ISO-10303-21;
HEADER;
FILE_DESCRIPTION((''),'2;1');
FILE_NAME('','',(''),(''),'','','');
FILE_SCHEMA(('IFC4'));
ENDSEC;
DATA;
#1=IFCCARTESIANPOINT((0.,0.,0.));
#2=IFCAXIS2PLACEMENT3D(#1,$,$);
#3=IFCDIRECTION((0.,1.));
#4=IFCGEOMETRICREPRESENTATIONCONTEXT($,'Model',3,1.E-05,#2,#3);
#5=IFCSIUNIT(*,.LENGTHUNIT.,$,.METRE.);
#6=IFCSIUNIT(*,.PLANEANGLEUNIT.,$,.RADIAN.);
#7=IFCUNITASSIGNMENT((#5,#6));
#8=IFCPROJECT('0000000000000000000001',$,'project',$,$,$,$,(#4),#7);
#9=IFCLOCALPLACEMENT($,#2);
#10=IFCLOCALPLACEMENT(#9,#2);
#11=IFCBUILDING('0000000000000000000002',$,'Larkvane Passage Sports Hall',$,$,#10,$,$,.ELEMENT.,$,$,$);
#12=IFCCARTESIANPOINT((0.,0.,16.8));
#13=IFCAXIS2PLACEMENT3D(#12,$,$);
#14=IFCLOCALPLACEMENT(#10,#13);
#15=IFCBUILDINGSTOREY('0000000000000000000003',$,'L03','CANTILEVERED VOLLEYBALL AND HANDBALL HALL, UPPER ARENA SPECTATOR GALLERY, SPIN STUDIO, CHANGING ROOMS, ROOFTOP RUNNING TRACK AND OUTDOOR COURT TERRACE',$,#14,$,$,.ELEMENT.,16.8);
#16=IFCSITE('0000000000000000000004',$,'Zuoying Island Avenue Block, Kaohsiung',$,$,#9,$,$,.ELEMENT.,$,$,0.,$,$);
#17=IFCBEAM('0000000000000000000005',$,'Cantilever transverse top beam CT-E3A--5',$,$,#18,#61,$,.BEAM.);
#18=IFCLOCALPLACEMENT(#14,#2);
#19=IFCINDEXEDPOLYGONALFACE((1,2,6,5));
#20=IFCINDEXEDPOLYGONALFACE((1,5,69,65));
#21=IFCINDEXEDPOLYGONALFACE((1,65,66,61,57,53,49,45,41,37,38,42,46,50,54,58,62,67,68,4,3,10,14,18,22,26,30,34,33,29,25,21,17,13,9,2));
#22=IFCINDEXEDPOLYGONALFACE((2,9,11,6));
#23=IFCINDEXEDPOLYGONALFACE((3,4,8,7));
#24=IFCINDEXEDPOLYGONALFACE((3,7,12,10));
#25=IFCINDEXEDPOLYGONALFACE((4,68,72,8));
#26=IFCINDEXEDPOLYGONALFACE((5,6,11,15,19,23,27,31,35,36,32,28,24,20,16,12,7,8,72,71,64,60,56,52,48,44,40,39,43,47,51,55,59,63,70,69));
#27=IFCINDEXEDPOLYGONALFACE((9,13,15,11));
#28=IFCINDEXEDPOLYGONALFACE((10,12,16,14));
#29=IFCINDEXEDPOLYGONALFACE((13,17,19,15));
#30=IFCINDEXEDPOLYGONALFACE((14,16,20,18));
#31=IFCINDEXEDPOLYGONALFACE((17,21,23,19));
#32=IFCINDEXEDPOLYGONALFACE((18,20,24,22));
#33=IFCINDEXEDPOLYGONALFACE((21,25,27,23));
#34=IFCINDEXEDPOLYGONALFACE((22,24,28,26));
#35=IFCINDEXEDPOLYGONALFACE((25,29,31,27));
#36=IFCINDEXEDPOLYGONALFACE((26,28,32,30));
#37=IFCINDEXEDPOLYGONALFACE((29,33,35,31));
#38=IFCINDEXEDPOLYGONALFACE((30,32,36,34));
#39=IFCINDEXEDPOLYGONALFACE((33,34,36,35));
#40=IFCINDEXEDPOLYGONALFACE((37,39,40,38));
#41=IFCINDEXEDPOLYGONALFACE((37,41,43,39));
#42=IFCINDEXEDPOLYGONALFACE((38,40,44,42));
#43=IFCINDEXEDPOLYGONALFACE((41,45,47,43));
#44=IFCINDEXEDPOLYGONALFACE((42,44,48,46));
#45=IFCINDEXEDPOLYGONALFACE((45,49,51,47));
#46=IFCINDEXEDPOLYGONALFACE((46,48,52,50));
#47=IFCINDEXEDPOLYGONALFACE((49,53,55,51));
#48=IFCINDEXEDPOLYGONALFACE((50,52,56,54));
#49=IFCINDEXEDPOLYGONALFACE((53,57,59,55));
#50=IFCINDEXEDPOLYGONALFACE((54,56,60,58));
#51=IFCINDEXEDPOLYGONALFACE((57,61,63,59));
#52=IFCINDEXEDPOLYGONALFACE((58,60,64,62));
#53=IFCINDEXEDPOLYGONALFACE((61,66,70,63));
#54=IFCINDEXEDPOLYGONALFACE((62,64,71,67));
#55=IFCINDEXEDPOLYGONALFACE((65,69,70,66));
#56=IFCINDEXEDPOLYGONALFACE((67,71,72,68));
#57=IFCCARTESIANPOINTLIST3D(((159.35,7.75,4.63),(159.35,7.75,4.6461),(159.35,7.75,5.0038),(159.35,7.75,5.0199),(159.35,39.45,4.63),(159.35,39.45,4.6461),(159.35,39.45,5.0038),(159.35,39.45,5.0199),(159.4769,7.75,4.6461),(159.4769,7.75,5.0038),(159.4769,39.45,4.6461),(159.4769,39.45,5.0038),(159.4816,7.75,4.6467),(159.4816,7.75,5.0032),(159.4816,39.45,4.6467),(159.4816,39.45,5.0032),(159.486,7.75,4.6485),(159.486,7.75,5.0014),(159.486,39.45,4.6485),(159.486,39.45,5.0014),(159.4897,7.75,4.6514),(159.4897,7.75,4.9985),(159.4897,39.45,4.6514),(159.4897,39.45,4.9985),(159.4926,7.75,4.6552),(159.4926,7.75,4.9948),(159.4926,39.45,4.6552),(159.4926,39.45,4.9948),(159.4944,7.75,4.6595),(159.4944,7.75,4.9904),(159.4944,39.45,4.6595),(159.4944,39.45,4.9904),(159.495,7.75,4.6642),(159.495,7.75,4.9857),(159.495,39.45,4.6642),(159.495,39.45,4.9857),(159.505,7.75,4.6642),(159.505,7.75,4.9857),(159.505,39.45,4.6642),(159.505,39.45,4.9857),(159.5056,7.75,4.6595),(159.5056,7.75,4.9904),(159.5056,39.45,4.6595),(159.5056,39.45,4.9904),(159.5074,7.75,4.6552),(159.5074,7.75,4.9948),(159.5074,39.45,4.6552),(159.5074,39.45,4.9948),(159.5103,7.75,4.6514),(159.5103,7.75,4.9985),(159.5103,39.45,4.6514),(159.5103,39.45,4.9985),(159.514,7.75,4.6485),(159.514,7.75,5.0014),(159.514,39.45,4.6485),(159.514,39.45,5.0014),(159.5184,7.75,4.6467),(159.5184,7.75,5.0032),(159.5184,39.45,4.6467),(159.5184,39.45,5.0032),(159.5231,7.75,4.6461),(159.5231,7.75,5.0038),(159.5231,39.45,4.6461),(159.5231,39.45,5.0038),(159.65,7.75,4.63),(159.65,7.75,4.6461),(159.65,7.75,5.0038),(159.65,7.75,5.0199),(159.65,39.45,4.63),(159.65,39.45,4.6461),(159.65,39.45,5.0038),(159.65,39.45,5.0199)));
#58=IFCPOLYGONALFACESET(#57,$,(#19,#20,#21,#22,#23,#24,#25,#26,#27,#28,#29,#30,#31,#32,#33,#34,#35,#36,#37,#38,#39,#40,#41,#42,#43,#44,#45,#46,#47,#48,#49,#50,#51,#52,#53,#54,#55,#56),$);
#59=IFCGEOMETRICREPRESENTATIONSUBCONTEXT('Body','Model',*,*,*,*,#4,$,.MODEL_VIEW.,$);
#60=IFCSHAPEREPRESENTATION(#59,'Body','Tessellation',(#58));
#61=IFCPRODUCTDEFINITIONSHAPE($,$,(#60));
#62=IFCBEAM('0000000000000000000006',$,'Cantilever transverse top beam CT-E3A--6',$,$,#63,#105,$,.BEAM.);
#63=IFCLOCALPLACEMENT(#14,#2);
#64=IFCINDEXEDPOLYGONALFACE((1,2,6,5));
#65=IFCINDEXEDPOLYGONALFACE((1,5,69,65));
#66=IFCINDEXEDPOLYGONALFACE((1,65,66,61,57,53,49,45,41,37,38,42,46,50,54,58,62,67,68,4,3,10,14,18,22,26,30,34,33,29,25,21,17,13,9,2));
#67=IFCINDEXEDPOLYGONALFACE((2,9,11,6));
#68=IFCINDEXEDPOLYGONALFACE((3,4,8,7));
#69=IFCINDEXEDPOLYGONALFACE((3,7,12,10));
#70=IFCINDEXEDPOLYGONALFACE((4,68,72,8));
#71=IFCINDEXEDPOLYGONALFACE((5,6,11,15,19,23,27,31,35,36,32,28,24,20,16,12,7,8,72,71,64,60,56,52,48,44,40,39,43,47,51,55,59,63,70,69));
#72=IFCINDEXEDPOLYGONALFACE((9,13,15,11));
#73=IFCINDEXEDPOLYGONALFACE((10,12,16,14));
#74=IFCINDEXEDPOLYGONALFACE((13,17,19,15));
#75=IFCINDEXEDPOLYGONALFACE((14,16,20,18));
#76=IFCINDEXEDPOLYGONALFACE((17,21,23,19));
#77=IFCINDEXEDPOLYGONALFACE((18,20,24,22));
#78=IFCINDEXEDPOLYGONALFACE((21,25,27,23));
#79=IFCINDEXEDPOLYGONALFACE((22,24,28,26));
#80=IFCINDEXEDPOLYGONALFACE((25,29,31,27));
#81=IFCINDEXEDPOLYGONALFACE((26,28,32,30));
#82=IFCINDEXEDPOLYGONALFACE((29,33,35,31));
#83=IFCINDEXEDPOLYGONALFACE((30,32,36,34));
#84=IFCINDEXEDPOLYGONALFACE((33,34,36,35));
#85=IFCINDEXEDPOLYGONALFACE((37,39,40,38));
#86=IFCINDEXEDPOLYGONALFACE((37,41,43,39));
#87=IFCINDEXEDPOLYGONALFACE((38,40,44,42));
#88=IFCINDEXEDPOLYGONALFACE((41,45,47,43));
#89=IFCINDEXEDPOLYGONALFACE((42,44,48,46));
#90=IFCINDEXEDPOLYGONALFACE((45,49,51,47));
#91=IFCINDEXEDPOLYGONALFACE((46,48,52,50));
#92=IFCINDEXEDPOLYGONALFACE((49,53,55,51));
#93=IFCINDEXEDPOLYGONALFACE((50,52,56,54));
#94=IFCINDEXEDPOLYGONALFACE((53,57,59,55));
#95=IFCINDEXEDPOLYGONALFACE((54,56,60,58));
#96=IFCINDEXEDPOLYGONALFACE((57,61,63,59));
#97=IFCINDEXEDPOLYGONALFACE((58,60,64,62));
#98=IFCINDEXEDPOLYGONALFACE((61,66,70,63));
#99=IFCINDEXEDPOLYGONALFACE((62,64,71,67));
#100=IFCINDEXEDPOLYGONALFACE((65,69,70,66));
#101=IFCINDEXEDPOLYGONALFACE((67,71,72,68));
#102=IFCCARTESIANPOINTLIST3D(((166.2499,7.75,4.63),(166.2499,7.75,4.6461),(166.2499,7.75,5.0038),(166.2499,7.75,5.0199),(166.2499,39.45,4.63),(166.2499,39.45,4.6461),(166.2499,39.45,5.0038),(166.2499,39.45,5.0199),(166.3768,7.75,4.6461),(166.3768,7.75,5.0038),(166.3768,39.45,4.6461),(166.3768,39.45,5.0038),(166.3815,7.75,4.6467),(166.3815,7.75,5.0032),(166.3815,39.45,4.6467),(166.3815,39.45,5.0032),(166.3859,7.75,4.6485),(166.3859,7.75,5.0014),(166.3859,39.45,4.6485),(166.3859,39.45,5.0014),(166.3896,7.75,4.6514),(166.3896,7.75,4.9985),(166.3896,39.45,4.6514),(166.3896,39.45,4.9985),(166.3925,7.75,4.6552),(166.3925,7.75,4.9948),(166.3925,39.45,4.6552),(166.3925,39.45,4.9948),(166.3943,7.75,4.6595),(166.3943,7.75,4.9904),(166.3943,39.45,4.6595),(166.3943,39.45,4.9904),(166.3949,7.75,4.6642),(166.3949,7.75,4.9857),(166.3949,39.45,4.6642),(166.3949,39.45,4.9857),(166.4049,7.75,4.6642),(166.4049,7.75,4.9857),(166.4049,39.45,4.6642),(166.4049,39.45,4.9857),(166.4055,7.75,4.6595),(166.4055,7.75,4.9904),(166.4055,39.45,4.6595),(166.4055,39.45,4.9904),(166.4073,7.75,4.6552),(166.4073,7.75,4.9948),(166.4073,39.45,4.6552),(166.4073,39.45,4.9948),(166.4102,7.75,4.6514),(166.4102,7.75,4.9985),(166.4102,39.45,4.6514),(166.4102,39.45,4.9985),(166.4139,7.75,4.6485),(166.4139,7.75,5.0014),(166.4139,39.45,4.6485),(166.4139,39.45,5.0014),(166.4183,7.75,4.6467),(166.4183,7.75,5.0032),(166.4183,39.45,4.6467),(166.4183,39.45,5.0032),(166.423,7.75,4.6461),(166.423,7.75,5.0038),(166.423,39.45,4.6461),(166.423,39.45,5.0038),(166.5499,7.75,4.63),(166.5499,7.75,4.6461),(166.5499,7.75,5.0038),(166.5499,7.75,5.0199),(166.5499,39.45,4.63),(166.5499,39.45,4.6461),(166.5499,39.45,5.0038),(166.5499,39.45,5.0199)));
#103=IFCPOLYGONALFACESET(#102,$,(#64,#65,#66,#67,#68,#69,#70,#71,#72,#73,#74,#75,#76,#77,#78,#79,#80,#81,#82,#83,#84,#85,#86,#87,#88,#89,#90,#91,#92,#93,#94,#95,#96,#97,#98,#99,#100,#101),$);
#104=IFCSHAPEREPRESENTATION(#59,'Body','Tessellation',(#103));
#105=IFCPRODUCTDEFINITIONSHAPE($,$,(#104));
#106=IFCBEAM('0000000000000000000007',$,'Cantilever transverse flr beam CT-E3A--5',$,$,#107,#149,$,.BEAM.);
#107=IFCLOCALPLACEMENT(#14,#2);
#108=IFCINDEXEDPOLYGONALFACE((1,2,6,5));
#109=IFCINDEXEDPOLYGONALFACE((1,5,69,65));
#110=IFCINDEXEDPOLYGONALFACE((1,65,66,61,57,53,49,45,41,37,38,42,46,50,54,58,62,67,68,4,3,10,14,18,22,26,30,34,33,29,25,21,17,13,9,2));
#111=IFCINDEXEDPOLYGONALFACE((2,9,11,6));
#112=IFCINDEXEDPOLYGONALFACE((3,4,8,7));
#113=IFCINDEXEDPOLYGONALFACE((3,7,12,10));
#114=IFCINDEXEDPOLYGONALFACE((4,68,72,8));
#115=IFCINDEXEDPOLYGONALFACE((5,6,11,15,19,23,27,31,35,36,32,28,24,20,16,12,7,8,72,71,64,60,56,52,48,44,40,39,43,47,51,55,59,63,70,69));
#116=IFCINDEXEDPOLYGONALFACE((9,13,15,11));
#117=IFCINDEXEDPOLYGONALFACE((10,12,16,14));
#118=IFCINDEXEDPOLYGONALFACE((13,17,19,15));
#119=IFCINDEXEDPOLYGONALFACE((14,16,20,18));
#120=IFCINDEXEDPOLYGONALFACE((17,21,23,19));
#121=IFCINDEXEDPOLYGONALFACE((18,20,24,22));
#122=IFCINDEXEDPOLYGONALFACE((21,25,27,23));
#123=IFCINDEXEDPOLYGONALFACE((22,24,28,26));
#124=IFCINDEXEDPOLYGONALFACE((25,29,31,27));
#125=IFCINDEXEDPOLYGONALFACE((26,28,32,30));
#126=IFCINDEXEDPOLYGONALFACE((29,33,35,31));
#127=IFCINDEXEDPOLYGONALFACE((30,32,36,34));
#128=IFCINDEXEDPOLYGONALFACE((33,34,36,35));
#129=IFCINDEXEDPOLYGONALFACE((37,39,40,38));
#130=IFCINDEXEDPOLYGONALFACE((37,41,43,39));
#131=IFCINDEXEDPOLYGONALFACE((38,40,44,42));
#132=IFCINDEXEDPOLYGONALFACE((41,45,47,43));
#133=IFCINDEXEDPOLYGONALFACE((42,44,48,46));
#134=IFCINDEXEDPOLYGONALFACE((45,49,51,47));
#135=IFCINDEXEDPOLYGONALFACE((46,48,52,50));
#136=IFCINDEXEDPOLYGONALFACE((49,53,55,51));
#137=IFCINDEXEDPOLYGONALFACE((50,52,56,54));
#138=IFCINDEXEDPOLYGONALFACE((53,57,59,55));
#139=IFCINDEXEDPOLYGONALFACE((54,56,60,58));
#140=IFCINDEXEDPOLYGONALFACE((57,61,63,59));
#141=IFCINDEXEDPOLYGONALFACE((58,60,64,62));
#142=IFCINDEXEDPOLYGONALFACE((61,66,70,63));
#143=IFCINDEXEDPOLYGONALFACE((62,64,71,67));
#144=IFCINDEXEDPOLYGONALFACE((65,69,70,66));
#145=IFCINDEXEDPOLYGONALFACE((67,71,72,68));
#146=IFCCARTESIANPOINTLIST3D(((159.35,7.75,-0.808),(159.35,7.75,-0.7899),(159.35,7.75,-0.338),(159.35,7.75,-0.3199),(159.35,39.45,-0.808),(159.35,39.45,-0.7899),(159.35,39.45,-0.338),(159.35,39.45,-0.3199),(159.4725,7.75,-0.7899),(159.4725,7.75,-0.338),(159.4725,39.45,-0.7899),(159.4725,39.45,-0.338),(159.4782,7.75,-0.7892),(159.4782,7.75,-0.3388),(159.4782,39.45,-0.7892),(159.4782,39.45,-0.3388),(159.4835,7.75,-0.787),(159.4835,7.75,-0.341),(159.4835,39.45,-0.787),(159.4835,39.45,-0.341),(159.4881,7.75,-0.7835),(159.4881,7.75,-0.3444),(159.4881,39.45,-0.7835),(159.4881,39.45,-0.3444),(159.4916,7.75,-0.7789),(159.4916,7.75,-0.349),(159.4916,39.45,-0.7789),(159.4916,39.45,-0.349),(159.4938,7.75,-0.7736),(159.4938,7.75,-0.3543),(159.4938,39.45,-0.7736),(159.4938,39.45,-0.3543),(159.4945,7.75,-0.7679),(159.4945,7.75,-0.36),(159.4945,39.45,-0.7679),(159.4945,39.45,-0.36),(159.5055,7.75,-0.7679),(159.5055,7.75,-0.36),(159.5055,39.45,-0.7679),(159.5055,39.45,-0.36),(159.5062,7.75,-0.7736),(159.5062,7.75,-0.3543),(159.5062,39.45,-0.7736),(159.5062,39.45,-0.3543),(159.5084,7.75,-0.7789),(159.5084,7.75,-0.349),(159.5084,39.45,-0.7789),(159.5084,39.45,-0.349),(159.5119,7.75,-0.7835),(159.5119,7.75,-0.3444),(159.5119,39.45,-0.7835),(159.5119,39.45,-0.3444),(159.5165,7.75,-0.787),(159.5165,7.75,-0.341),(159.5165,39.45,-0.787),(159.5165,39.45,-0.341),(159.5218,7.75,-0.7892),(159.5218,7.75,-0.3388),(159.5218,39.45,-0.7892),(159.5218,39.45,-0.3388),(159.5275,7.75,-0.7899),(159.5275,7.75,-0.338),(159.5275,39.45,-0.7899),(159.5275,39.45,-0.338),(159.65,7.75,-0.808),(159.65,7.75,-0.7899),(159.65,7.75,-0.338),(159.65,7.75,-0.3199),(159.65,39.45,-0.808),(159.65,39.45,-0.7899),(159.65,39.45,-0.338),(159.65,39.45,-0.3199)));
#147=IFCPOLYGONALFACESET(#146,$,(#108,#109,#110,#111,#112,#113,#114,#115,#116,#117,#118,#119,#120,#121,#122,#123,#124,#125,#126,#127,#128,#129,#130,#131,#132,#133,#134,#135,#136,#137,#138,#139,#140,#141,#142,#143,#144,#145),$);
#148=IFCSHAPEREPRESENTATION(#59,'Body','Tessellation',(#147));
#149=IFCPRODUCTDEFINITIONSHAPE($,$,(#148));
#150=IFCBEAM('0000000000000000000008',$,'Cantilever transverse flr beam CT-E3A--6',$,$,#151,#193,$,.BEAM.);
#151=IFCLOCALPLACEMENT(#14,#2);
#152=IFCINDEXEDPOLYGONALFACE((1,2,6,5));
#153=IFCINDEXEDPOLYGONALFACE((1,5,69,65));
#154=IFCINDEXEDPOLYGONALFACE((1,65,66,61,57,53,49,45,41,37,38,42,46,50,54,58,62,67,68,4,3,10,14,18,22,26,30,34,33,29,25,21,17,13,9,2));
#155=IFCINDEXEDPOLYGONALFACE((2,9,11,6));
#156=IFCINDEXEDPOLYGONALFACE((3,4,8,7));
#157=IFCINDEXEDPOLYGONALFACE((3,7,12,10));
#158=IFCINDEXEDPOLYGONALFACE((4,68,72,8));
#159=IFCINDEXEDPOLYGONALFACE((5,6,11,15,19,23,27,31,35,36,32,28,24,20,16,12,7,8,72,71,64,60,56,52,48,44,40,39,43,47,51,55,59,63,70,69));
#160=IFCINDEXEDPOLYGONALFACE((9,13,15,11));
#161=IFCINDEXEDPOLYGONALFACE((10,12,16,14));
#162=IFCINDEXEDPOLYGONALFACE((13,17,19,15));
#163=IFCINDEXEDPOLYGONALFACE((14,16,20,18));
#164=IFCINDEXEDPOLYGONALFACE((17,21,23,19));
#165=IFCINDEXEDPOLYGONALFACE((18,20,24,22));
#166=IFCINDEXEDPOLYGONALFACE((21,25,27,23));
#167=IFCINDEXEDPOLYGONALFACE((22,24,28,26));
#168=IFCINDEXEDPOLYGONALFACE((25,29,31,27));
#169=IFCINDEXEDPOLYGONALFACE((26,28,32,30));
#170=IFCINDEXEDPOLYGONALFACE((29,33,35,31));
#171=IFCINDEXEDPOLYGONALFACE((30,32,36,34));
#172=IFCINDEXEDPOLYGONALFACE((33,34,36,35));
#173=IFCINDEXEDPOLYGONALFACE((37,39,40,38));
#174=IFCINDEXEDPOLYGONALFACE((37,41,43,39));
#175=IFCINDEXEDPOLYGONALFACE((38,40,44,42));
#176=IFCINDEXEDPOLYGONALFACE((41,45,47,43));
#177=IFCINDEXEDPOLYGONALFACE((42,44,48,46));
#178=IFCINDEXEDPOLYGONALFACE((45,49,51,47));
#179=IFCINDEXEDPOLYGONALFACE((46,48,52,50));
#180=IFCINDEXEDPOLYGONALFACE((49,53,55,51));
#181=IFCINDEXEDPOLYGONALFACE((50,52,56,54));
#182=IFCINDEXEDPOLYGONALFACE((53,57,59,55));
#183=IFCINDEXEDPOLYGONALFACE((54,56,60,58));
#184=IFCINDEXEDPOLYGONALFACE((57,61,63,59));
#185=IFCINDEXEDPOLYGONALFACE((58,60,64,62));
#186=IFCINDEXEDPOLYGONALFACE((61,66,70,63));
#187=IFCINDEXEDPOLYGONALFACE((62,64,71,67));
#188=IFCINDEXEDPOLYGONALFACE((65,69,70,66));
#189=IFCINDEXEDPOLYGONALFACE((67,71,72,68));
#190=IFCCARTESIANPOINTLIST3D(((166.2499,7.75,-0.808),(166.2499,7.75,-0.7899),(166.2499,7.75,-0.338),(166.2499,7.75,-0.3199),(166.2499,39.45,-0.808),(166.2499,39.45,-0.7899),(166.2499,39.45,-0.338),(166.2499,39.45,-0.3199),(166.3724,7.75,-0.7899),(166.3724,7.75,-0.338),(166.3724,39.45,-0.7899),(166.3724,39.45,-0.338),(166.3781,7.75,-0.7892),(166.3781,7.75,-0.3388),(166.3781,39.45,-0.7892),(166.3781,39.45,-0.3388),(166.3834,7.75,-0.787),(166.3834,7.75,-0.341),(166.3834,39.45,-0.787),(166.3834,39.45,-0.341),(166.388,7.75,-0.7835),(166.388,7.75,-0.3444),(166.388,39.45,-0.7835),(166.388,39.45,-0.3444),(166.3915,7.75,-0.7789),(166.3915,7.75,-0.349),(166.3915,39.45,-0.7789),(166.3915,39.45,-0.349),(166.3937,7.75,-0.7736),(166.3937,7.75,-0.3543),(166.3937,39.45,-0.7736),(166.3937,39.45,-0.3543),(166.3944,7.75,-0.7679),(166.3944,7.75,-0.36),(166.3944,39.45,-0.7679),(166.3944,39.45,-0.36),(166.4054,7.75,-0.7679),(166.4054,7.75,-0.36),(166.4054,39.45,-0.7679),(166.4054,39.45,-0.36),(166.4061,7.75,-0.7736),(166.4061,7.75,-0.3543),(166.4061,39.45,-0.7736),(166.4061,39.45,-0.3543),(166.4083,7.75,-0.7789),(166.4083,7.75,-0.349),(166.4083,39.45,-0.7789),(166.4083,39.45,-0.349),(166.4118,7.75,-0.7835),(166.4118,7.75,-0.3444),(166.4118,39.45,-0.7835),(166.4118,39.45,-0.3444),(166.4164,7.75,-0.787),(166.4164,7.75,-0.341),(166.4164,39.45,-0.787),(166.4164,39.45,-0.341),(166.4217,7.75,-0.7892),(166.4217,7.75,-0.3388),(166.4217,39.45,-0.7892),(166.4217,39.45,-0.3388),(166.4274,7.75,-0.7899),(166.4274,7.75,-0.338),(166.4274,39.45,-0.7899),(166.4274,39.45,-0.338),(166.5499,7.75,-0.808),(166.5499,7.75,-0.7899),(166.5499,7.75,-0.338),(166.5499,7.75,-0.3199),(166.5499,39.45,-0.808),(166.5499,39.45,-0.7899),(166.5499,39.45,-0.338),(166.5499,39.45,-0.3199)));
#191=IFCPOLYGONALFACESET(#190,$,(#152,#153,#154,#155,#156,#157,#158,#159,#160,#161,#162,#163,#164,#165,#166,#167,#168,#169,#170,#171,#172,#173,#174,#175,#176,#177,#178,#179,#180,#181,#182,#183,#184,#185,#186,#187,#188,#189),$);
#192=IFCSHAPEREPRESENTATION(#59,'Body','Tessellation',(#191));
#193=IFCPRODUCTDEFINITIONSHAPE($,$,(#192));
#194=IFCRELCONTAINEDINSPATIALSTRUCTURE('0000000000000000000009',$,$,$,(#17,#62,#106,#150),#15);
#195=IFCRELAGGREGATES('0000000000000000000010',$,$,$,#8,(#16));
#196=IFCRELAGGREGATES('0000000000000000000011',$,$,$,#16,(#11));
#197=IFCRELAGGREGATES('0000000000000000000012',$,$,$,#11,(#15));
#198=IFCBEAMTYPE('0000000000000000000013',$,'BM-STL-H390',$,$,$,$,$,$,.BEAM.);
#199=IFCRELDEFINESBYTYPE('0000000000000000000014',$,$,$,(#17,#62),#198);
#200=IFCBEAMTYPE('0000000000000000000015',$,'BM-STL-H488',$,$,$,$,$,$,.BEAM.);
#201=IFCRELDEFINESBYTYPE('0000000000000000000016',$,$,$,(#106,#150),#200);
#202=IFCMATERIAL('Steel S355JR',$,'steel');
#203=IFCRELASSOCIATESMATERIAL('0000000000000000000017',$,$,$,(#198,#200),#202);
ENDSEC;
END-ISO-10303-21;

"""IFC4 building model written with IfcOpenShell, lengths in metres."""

from ifc_helpers import new_model, si_unit, direction, frame, origin, origin_2d, place, context, subcontext, project, spatial, i_section, extrude, material, material_profile, profile_set, type_object, element, save


model = new_model("IFC4")

# Units and contexts
model_context = context("Model", 3, precision=1e-05, world=origin(), true_north=direction((0.0, 1.0)))
body_context = subcontext(model_context, "Body", "Model", "MODEL_VIEW")
ifc_project = project(units=[si_unit("LENGTHUNIT", "METRE"), si_unit("PLANEANGLEUNIT", "RADIAN")], contexts=[model_context])

# Site, building, storey
site_placement = place(None, origin())
site = spatial("IfcSite", under=ifc_project, at=site_placement, Name="Zuoying Island Avenue Block, Kaohsiung", CompositionType="ELEMENT", RefElevation=0.0)
building_placement = place(site_placement, origin())
building = spatial("IfcBuilding", under=site, at=building_placement, Name="Larkvane Passage Sports Hall", CompositionType="ELEMENT")
storey_placement = place(building_placement, frame((0.0, 0.0, 16.8)))
storey = spatial("IfcBuildingStorey", under=building, at=storey_placement, Name="L03", Description="CANTILEVERED VOLLEYBALL AND HANDBALL HALL, UPPER ARENA SPECTATOR GALLERY, SPIN STUDIO, CHANGING ROOMS, ROOFTOP RUNNING TRACK AND OUTDOOR COURT TERRACE", CompositionType="ELEMENT", Elevation=16.8)

# Beams
ifc_material_1 = material(Name="Steel S355JR", Category="steel")
ifc_material_profile_1 = material_profile(ifc_material_1, i_section(OverallWidth=0.3, OverallDepth=0.3899, WebThickness=0.01, FlangeThickness=0.0161, FilletRadius=0.0181, at=origin_2d()), Name="H-390x300x10x16")
ifc_profile_set_1 = profile_set([ifc_material_profile_1], Name="Steel S355JR")
beam_type_1 = type_object("IfcBeamType", Name="BM-STL-H390", PredefinedType="BEAM", material=ifc_profile_set_1)
for number, where, z_axis, x_axis, name in (
    (1, (159.5, 7.75, 4.825), (0.0, 1.0, 0.0), (-1.0, 0.0, 0.0), "Cantilever transverse top beam CT-E3A--5"),
    (2, (166.3999, 7.75, 4.825), (0.0, 1.0, 0.0), (-1.0, 0.0, 0.0), "Cantilever transverse top beam CT-E3A--6"),
):
    element("IfcBeam", number, at=place(storey_placement, frame(where, z_axis=z_axis, x_axis=x_axis)), inside=storey, type_object=beam_type_1, Name=name, PredefinedType="BEAM", context=body_context, shape_type="SweptSolid", body=[
        extrude(i_section(OverallWidth=0.3, OverallDepth=0.3899, WebThickness=0.01, FlangeThickness=0.0161, FilletRadius=0.0181, at=origin_2d()), origin(), (0.0, 0.0, 1.0), 31.7),
    ])
ifc_material_profile_2 = material_profile(ifc_material_1, i_section(OverallWidth=0.3, OverallDepth=0.488, WebThickness=0.011, FlangeThickness=0.0181, FilletRadius=0.022, at=origin_2d()), Name="H-488x300x11x18")
ifc_profile_set_2 = profile_set([ifc_material_profile_2], Name="Steel S355JR")
beam_type_2 = type_object("IfcBeamType", Name="BM-STL-H488", PredefinedType="BEAM", material=ifc_profile_set_2)
for number, where, z_axis, x_axis, name in (
    (3, (159.5, 7.75, -0.564), (0.0, 1.0, 0.0), (-1.0, 0.0, 0.0), "Cantilever transverse flr beam CT-E3A--5"),
    (4, (166.3999, 7.75, -0.564), (0.0, 1.0, 0.0), (-1.0, 0.0, 0.0), "Cantilever transverse flr beam CT-E3A--6"),
):
    element("IfcBeam", number, at=place(storey_placement, frame(where, z_axis=z_axis, x_axis=x_axis)), inside=storey, type_object=beam_type_2, Name=name, PredefinedType="BEAM", context=body_context, shape_type="SweptSolid", body=[
        extrude(i_section(OverallWidth=0.3, OverallDepth=0.488, WebThickness=0.011, FlangeThickness=0.0181, FilletRadius=0.022, at=origin_2d()), origin(), (0.0, 0.0, 1.0), 31.7),
    ])

save(model, "model.ifc")
